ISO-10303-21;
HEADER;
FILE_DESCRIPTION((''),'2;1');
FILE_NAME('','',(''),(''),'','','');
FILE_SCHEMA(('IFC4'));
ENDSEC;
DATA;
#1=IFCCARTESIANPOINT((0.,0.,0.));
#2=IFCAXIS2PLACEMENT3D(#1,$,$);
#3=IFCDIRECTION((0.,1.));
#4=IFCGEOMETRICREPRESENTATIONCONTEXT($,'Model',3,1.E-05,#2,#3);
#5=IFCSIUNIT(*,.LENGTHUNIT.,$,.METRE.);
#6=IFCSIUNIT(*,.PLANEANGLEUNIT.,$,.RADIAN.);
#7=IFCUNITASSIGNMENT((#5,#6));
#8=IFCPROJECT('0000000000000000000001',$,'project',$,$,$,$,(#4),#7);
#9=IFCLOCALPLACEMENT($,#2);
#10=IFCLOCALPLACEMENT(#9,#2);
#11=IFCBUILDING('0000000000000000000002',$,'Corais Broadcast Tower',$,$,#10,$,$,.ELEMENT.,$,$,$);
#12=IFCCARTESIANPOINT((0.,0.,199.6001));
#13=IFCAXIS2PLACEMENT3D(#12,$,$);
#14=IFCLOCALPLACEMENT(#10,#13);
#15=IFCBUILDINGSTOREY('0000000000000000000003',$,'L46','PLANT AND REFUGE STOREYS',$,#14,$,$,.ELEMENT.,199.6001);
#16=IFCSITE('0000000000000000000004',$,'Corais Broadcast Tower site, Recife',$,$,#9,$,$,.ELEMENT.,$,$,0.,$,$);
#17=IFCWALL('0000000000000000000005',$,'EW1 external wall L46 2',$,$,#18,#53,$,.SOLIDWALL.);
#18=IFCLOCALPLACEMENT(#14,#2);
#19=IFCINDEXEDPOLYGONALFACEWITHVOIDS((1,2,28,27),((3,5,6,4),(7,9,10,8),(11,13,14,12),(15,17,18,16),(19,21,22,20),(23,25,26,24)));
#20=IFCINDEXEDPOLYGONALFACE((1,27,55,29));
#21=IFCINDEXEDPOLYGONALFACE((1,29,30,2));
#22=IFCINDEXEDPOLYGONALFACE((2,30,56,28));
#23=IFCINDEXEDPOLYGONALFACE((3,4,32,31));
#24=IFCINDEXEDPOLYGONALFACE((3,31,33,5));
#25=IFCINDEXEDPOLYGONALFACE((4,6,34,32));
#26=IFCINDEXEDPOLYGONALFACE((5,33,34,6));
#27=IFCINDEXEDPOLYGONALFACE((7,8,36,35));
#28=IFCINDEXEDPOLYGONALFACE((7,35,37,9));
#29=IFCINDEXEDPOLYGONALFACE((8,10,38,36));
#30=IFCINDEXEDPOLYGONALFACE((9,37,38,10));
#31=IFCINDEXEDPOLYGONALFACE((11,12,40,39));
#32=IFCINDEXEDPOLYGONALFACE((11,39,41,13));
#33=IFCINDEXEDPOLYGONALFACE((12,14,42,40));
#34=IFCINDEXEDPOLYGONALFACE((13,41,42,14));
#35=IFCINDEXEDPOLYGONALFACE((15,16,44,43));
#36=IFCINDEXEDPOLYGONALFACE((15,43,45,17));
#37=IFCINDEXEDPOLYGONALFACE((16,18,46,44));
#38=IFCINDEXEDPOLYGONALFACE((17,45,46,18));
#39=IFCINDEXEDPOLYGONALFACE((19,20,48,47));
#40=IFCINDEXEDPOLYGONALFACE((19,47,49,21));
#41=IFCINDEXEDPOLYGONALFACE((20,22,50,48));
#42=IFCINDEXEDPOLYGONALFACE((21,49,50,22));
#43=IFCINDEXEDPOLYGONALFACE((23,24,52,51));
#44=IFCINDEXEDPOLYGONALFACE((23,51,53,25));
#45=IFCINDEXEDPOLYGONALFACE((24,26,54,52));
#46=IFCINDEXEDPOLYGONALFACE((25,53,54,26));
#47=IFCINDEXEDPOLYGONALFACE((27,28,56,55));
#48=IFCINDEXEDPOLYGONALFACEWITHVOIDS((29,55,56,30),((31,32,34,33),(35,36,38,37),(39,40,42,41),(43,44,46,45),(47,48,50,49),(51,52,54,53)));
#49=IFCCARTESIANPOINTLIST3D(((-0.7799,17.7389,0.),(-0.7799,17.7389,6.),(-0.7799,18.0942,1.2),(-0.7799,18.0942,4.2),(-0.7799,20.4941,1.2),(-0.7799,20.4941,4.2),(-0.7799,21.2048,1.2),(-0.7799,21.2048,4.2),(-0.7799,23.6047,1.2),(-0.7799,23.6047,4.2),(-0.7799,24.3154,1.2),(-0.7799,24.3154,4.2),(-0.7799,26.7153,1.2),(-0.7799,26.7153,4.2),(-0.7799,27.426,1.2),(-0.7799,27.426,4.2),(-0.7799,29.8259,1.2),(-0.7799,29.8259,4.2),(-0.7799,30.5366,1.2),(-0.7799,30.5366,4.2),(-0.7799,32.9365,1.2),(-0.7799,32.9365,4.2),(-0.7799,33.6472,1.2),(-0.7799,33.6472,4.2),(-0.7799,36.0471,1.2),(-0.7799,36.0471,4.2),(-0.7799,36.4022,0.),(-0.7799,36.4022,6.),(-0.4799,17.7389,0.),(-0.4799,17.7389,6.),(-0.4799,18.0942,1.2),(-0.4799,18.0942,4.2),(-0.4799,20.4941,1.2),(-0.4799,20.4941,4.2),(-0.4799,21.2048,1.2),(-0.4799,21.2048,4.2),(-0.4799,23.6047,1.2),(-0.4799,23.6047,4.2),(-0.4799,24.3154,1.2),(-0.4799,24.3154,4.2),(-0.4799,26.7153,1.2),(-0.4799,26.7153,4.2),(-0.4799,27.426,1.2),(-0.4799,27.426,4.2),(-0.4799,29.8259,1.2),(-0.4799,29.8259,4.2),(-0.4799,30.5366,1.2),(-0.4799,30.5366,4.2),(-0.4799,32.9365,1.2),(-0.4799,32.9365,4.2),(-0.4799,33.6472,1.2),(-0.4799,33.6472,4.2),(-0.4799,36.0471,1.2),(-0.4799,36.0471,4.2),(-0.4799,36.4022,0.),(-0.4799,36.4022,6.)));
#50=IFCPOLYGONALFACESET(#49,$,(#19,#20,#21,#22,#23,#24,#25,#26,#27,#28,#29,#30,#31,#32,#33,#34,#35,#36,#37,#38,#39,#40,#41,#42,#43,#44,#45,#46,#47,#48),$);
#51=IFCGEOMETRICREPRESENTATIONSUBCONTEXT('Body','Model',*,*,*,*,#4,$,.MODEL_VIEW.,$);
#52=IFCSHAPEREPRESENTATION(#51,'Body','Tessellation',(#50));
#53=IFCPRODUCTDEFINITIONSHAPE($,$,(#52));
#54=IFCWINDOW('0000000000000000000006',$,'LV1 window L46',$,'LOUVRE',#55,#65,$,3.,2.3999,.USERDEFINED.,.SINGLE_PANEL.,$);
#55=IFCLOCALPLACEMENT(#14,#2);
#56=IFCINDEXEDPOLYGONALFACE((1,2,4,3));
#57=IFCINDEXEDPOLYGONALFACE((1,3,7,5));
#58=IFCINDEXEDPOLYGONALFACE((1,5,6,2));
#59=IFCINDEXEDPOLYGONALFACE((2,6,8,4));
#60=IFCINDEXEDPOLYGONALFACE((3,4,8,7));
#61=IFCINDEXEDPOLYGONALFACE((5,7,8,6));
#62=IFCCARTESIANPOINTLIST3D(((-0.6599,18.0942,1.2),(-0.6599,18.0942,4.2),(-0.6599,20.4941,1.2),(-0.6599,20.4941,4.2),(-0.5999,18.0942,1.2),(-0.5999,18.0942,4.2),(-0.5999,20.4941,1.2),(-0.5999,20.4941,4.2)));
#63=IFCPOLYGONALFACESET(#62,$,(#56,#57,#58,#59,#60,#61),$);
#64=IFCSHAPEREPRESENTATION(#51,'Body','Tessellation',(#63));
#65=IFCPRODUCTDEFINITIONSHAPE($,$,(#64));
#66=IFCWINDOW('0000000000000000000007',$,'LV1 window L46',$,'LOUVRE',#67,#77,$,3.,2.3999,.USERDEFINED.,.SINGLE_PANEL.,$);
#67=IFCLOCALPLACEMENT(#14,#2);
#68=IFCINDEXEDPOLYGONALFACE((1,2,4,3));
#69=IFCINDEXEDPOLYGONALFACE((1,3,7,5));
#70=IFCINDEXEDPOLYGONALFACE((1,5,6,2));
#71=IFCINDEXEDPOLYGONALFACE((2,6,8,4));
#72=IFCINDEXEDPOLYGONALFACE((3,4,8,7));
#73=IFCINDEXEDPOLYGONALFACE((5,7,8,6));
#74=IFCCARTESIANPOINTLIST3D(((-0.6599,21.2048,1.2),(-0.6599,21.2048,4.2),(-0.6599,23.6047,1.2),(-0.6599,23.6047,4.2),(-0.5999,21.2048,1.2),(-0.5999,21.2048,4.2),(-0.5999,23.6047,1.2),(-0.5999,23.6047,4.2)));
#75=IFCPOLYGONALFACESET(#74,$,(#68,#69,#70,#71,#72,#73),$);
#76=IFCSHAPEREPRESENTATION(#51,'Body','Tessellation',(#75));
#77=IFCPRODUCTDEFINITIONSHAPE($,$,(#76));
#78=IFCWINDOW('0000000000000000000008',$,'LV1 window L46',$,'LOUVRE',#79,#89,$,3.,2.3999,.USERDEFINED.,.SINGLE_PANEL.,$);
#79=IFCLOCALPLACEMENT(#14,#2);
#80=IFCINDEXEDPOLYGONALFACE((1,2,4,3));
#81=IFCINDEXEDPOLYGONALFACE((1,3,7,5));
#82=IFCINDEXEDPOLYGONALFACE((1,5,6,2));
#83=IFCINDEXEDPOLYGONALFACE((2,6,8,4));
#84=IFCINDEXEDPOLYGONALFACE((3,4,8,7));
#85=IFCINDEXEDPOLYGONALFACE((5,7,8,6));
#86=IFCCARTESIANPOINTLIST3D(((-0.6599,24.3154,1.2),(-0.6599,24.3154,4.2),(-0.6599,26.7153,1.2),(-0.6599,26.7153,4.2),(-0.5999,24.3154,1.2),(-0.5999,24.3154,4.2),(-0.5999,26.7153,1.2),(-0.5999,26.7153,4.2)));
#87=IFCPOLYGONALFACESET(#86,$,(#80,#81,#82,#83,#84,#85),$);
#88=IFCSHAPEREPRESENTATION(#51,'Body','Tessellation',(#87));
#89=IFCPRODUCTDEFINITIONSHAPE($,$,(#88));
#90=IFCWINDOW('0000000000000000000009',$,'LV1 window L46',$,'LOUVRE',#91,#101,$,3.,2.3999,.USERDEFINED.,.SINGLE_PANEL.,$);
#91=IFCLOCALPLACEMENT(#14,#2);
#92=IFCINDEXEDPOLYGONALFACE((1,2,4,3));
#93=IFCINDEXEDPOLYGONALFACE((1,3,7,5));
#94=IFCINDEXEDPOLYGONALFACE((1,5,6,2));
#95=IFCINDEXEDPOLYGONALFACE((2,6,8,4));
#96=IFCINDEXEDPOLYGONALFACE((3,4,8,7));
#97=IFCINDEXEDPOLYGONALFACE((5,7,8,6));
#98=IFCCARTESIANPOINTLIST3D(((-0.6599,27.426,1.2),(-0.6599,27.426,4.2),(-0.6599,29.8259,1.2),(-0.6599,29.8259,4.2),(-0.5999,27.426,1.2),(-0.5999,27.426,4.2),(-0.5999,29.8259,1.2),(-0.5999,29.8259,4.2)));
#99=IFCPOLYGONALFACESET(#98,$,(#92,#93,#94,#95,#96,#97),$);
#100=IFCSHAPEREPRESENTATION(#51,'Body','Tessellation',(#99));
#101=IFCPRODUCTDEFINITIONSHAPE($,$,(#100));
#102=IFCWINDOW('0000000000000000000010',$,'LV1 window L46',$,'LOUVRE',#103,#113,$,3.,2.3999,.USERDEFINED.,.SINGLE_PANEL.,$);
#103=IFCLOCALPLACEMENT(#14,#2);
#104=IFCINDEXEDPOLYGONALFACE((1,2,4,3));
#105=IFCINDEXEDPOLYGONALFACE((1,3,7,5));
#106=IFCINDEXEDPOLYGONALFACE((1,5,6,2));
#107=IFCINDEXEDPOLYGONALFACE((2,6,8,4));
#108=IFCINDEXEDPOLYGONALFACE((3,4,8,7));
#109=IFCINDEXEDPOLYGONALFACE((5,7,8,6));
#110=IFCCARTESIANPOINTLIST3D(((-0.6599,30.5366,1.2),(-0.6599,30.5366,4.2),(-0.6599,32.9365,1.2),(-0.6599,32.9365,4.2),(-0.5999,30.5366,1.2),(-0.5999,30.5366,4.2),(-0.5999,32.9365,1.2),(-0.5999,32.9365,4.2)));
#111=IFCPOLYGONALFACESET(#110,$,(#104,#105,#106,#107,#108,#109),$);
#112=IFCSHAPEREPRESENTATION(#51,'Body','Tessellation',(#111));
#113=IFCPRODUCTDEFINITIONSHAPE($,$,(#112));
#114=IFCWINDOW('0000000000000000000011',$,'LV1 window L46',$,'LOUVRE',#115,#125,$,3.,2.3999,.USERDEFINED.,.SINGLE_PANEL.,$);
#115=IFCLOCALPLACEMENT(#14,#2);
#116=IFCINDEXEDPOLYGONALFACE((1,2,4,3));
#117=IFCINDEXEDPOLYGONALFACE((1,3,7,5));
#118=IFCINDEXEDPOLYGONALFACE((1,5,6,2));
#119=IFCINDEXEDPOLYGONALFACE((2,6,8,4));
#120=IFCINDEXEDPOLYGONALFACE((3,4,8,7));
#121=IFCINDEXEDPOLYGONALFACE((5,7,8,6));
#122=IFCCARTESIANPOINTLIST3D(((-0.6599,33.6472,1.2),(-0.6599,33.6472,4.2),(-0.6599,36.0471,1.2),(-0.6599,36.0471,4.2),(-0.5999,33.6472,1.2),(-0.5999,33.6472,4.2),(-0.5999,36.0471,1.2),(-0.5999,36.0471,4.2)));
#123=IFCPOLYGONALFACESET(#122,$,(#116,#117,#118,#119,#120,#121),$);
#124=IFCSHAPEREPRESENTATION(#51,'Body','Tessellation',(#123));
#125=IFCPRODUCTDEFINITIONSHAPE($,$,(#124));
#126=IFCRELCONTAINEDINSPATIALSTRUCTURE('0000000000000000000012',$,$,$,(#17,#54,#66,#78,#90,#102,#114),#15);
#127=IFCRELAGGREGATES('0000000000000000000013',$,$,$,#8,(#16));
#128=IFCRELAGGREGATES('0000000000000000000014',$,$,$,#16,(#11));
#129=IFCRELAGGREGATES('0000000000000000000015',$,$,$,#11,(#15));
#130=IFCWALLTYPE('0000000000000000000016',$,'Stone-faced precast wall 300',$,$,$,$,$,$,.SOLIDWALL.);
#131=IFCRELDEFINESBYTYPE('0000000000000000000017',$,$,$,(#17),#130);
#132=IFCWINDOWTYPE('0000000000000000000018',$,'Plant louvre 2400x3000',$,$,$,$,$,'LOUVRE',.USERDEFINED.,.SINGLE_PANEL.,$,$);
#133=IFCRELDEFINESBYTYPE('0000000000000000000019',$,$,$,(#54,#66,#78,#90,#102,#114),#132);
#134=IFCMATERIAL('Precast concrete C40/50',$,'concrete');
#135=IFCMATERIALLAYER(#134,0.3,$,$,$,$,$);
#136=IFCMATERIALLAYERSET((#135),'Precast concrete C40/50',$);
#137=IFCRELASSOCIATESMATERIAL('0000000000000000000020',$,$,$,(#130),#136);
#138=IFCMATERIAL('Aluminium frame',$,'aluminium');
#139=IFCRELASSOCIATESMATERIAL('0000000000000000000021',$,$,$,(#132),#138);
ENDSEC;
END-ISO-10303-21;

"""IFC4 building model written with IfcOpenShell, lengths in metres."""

from ifc_helpers import new_model, si_unit, direction, frame, frame_2d, origin, place, context, subcontext, project, spatial, rectangle, extrude, material, layer, layer_set, type_object, element, fill, save


model = new_model("IFC4")

# Units and contexts
model_context = context("Model", 3, precision=1e-05, world=origin(), true_north=direction((0.0, 1.0)))
body_context = subcontext(model_context, "Body", "Model", "MODEL_VIEW")
ifc_project = project(units=[si_unit("LENGTHUNIT", "METRE"), si_unit("PLANEANGLEUNIT", "RADIAN")], contexts=[model_context])

# Site, building, storey
site_placement = place(None, origin())
site = spatial("IfcSite", under=ifc_project, at=site_placement, Name="Corais Broadcast Tower site, Recife", CompositionType="ELEMENT", RefElevation=0.0)
building_placement = place(site_placement, origin())
building = spatial("IfcBuilding", under=site, at=building_placement, Name="Corais Broadcast Tower", CompositionType="ELEMENT")
storey_placement = place(building_placement, frame((0.0, 0.0, 199.6001)))
storey = spatial("IfcBuildingStorey", under=building, at=storey_placement, Name="L46", Description="PLANT AND REFUGE STOREYS", CompositionType="ELEMENT", Elevation=199.6001)

# Wall, openings, windows
ifc_material_1 = material(Name="Precast concrete C40/50", Category="concrete")
ifc_layer = layer(ifc_material_1, 0.3)
ifc_layer_set = layer_set([ifc_layer], Name="Precast concrete C40/50")
wall_type = type_object("IfcWallType", Name="Stone-faced precast wall 300", PredefinedType="SOLIDWALL", material=ifc_layer_set)
wall_placement = place(storey_placement, frame((-0.6299, 17.739, 0.0), z_axis=(0.0, 0.0, 1.0), x_axis=(0.0, 1.0, 0.0)))
wall = element("IfcWall", 1, at=wall_placement, inside=storey, type_object=wall_type, Name="EW1 external wall L46 2", PredefinedType="SOLIDWALL", context=body_context, shape_type="SweptSolid", body=[
    extrude(rectangle(XDim=18.6633, YDim=0.3, at=frame_2d((9.3315, 0.0))), origin(), (0.0, 0.0, 1.0), 6.0),
])
opening_1_placement = place(wall_placement, frame((0.3552, 0.0, 1.2)))
opening_1 = element("IfcOpeningElement", 2, at=opening_1_placement, cuts=wall, PredefinedType="OPENING", context=body_context, shape_type="SweptSolid", body=[
    extrude(rectangle(XDim=2.3999, YDim=3.0, at=frame_2d((1.2, 1.5))), frame((0.0, 0.1599, 0.0), z_axis=(0.0, -1.0, 0.0), x_axis=(1.0, 0.0, 0.0)), (0.0, 0.0, 1.0), 0.3201),
])
opening_2_placement = place(wall_placement, frame((3.4658, 0.0, 1.2)))
opening_2 = element("IfcOpeningElement", 3, at=opening_2_placement, cuts=wall, PredefinedType="OPENING", context=body_context, shape_type="SweptSolid", body=[
    extrude(rectangle(XDim=2.3999, YDim=3.0, at=frame_2d((1.2, 1.5))), frame((0.0, 0.1599, 0.0), z_axis=(0.0, -1.0, 0.0), x_axis=(1.0, 0.0, 0.0)), (0.0, 0.0, 1.0), 0.3201),
])
opening_3_placement = place(wall_placement, frame((6.5764, 0.0, 1.2)))
opening_3 = element("IfcOpeningElement", 4, at=opening_3_placement, cuts=wall, PredefinedType="OPENING", context=body_context, shape_type="SweptSolid", body=[
    extrude(rectangle(XDim=2.3999, YDim=3.0, at=frame_2d((1.2, 1.5))), frame((0.0, 0.1599, 0.0), z_axis=(0.0, -1.0, 0.0), x_axis=(1.0, 0.0, 0.0)), (0.0, 0.0, 1.0), 0.3201),
])
opening_4_placement = place(wall_placement, frame((9.687, 0.0, 1.2)))
opening_4 = element("IfcOpeningElement", 5, at=opening_4_placement, cuts=wall, PredefinedType="OPENING", context=body_context, shape_type="SweptSolid", body=[
    extrude(rectangle(XDim=2.3999, YDim=3.0, at=frame_2d((1.2, 1.5))), frame((0.0, 0.1599, 0.0), z_axis=(0.0, -1.0, 0.0), x_axis=(1.0, 0.0, 0.0)), (0.0, 0.0, 1.0), 0.3201),
])
opening_5_placement = place(wall_placement, frame((12.7976, 0.0, 1.2)))
opening_5 = element("IfcOpeningElement", 6, at=opening_5_placement, cuts=wall, PredefinedType="OPENING", context=body_context, shape_type="SweptSolid", body=[
    extrude(rectangle(XDim=2.3999, YDim=3.0, at=frame_2d((1.2, 1.5))), frame((0.0, 0.1599, 0.0), z_axis=(0.0, -1.0, 0.0), x_axis=(1.0, 0.0, 0.0)), (0.0, 0.0, 1.0), 0.3201),
])
opening_6_placement = place(wall_placement, frame((15.9082, 0.0, 1.2)))
opening_6 = element("IfcOpeningElement", 7, at=opening_6_placement, cuts=wall, PredefinedType="OPENING", context=body_context, shape_type="SweptSolid", body=[
    extrude(rectangle(XDim=2.3999, YDim=3.0, at=frame_2d((1.2, 1.5))), frame((0.0, 0.1599, 0.0), z_axis=(0.0, -1.0, 0.0), x_axis=(1.0, 0.0, 0.0)), (0.0, 0.0, 1.0), 0.3201),
])
ifc_material_2 = material(Name="Aluminium frame", Category="aluminium")
window_type = type_object("IfcWindowType", Name="Plant louvre 2400x3000", ElementType="LOUVRE", PartitioningType="SINGLE_PANEL", PredefinedType="USERDEFINED", material=ifc_material_2)
window_1_placement = place(opening_1_placement, origin())
window_1 = element("IfcWindow", 8, at=window_1_placement, inside=storey, type_object=window_type, Name="LV1 window L46", ObjectType="LOUVRE", OverallHeight=3.0, OverallWidth=2.3999, PartitioningType="SINGLE_PANEL", PredefinedType="USERDEFINED", context=body_context, shape_type="SweptSolid", body=[
    extrude(rectangle(XDim=2.3999, YDim=3.0, at=frame_2d((1.2, 1.5))), frame((0.0, 0.03, 0.0), z_axis=(0.0, -1.0, 0.0), x_axis=(1.0, 0.0, 0.0)), (0.0, 0.0, 1.0), 0.0601),
])
fill(opening_1, window_1)
window_2_placement = place(opening_2_placement, origin())
window_2 = element("IfcWindow", 9, at=window_2_placement, inside=storey, type_object=window_type, Name="LV1 window L46", ObjectType="LOUVRE", OverallHeight=3.0, OverallWidth=2.3999, PartitioningType="SINGLE_PANEL", PredefinedType="USERDEFINED", context=body_context, shape_type="SweptSolid", body=[
    extrude(rectangle(XDim=2.3999, YDim=3.0, at=frame_2d((1.2, 1.5))), frame((0.0, 0.03, 0.0), z_axis=(0.0, -1.0, 0.0), x_axis=(1.0, 0.0, 0.0)), (0.0, 0.0, 1.0), 0.0601),
])
fill(opening_2, window_2)
window_3_placement = place(opening_3_placement, origin())
window_3 = element("IfcWindow", 10, at=window_3_placement, inside=storey, type_object=window_type, Name="LV1 window L46", ObjectType="LOUVRE", OverallHeight=3.0, OverallWidth=2.3999, PartitioningType="SINGLE_PANEL", PredefinedType="USERDEFINED", context=body_context, shape_type="SweptSolid", body=[
    extrude(rectangle(XDim=2.3999, YDim=3.0, at=frame_2d((1.2, 1.5))), frame((0.0, 0.03, 0.0), z_axis=(0.0, -1.0, 0.0), x_axis=(1.0, 0.0, 0.0)), (0.0, 0.0, 1.0), 0.0601),
])
fill(opening_3, window_3)
window_4_placement = place(opening_4_placement, origin())
window_4 = element("IfcWindow", 11, at=window_4_placement, inside=storey, type_object=window_type, Name="LV1 window L46", ObjectType="LOUVRE", OverallHeight=3.0, OverallWidth=2.3999, PartitioningType="SINGLE_PANEL", PredefinedType="USERDEFINED", context=body_context, shape_type="SweptSolid", body=[
    extrude(rectangle(XDim=2.3999, YDim=3.0, at=frame_2d((1.2, 1.5))), frame((0.0, 0.03, 0.0), z_axis=(0.0, -1.0, 0.0), x_axis=(1.0, 0.0, 0.0)), (0.0, 0.0, 1.0), 0.0601),
])
fill(opening_4, window_4)
window_5_placement = place(opening_5_placement, origin())
window_5 = element("IfcWindow", 12, at=window_5_placement, inside=storey, type_object=window_type, Name="LV1 window L46", ObjectType="LOUVRE", OverallHeight=3.0, OverallWidth=2.3999, PartitioningType="SINGLE_PANEL", PredefinedType="USERDEFINED", context=body_context, shape_type="SweptSolid", body=[
    extrude(rectangle(XDim=2.3999, YDim=3.0, at=frame_2d((1.2, 1.5))), frame((0.0, 0.03, 0.0), z_axis=(0.0, -1.0, 0.0), x_axis=(1.0, 0.0, 0.0)), (0.0, 0.0, 1.0), 0.0601),
])
fill(opening_5, window_5)
window_6_placement = place(opening_6_placement, origin())
window_6 = element("IfcWindow", 13, at=window_6_placement, inside=storey, type_object=window_type, Name="LV1 window L46", ObjectType="LOUVRE", OverallHeight=3.0, OverallWidth=2.3999, PartitioningType="SINGLE_PANEL", PredefinedType="USERDEFINED", context=body_context, shape_type="SweptSolid", body=[
    extrude(rectangle(XDim=2.3999, YDim=3.0, at=frame_2d((1.2, 1.5))), frame((0.0, 0.03, 0.0), z_axis=(0.0, -1.0, 0.0), x_axis=(1.0, 0.0, 0.0)), (0.0, 0.0, 1.0), 0.0601),
])
fill(opening_6, window_6)

save(model, "model.ifc")
